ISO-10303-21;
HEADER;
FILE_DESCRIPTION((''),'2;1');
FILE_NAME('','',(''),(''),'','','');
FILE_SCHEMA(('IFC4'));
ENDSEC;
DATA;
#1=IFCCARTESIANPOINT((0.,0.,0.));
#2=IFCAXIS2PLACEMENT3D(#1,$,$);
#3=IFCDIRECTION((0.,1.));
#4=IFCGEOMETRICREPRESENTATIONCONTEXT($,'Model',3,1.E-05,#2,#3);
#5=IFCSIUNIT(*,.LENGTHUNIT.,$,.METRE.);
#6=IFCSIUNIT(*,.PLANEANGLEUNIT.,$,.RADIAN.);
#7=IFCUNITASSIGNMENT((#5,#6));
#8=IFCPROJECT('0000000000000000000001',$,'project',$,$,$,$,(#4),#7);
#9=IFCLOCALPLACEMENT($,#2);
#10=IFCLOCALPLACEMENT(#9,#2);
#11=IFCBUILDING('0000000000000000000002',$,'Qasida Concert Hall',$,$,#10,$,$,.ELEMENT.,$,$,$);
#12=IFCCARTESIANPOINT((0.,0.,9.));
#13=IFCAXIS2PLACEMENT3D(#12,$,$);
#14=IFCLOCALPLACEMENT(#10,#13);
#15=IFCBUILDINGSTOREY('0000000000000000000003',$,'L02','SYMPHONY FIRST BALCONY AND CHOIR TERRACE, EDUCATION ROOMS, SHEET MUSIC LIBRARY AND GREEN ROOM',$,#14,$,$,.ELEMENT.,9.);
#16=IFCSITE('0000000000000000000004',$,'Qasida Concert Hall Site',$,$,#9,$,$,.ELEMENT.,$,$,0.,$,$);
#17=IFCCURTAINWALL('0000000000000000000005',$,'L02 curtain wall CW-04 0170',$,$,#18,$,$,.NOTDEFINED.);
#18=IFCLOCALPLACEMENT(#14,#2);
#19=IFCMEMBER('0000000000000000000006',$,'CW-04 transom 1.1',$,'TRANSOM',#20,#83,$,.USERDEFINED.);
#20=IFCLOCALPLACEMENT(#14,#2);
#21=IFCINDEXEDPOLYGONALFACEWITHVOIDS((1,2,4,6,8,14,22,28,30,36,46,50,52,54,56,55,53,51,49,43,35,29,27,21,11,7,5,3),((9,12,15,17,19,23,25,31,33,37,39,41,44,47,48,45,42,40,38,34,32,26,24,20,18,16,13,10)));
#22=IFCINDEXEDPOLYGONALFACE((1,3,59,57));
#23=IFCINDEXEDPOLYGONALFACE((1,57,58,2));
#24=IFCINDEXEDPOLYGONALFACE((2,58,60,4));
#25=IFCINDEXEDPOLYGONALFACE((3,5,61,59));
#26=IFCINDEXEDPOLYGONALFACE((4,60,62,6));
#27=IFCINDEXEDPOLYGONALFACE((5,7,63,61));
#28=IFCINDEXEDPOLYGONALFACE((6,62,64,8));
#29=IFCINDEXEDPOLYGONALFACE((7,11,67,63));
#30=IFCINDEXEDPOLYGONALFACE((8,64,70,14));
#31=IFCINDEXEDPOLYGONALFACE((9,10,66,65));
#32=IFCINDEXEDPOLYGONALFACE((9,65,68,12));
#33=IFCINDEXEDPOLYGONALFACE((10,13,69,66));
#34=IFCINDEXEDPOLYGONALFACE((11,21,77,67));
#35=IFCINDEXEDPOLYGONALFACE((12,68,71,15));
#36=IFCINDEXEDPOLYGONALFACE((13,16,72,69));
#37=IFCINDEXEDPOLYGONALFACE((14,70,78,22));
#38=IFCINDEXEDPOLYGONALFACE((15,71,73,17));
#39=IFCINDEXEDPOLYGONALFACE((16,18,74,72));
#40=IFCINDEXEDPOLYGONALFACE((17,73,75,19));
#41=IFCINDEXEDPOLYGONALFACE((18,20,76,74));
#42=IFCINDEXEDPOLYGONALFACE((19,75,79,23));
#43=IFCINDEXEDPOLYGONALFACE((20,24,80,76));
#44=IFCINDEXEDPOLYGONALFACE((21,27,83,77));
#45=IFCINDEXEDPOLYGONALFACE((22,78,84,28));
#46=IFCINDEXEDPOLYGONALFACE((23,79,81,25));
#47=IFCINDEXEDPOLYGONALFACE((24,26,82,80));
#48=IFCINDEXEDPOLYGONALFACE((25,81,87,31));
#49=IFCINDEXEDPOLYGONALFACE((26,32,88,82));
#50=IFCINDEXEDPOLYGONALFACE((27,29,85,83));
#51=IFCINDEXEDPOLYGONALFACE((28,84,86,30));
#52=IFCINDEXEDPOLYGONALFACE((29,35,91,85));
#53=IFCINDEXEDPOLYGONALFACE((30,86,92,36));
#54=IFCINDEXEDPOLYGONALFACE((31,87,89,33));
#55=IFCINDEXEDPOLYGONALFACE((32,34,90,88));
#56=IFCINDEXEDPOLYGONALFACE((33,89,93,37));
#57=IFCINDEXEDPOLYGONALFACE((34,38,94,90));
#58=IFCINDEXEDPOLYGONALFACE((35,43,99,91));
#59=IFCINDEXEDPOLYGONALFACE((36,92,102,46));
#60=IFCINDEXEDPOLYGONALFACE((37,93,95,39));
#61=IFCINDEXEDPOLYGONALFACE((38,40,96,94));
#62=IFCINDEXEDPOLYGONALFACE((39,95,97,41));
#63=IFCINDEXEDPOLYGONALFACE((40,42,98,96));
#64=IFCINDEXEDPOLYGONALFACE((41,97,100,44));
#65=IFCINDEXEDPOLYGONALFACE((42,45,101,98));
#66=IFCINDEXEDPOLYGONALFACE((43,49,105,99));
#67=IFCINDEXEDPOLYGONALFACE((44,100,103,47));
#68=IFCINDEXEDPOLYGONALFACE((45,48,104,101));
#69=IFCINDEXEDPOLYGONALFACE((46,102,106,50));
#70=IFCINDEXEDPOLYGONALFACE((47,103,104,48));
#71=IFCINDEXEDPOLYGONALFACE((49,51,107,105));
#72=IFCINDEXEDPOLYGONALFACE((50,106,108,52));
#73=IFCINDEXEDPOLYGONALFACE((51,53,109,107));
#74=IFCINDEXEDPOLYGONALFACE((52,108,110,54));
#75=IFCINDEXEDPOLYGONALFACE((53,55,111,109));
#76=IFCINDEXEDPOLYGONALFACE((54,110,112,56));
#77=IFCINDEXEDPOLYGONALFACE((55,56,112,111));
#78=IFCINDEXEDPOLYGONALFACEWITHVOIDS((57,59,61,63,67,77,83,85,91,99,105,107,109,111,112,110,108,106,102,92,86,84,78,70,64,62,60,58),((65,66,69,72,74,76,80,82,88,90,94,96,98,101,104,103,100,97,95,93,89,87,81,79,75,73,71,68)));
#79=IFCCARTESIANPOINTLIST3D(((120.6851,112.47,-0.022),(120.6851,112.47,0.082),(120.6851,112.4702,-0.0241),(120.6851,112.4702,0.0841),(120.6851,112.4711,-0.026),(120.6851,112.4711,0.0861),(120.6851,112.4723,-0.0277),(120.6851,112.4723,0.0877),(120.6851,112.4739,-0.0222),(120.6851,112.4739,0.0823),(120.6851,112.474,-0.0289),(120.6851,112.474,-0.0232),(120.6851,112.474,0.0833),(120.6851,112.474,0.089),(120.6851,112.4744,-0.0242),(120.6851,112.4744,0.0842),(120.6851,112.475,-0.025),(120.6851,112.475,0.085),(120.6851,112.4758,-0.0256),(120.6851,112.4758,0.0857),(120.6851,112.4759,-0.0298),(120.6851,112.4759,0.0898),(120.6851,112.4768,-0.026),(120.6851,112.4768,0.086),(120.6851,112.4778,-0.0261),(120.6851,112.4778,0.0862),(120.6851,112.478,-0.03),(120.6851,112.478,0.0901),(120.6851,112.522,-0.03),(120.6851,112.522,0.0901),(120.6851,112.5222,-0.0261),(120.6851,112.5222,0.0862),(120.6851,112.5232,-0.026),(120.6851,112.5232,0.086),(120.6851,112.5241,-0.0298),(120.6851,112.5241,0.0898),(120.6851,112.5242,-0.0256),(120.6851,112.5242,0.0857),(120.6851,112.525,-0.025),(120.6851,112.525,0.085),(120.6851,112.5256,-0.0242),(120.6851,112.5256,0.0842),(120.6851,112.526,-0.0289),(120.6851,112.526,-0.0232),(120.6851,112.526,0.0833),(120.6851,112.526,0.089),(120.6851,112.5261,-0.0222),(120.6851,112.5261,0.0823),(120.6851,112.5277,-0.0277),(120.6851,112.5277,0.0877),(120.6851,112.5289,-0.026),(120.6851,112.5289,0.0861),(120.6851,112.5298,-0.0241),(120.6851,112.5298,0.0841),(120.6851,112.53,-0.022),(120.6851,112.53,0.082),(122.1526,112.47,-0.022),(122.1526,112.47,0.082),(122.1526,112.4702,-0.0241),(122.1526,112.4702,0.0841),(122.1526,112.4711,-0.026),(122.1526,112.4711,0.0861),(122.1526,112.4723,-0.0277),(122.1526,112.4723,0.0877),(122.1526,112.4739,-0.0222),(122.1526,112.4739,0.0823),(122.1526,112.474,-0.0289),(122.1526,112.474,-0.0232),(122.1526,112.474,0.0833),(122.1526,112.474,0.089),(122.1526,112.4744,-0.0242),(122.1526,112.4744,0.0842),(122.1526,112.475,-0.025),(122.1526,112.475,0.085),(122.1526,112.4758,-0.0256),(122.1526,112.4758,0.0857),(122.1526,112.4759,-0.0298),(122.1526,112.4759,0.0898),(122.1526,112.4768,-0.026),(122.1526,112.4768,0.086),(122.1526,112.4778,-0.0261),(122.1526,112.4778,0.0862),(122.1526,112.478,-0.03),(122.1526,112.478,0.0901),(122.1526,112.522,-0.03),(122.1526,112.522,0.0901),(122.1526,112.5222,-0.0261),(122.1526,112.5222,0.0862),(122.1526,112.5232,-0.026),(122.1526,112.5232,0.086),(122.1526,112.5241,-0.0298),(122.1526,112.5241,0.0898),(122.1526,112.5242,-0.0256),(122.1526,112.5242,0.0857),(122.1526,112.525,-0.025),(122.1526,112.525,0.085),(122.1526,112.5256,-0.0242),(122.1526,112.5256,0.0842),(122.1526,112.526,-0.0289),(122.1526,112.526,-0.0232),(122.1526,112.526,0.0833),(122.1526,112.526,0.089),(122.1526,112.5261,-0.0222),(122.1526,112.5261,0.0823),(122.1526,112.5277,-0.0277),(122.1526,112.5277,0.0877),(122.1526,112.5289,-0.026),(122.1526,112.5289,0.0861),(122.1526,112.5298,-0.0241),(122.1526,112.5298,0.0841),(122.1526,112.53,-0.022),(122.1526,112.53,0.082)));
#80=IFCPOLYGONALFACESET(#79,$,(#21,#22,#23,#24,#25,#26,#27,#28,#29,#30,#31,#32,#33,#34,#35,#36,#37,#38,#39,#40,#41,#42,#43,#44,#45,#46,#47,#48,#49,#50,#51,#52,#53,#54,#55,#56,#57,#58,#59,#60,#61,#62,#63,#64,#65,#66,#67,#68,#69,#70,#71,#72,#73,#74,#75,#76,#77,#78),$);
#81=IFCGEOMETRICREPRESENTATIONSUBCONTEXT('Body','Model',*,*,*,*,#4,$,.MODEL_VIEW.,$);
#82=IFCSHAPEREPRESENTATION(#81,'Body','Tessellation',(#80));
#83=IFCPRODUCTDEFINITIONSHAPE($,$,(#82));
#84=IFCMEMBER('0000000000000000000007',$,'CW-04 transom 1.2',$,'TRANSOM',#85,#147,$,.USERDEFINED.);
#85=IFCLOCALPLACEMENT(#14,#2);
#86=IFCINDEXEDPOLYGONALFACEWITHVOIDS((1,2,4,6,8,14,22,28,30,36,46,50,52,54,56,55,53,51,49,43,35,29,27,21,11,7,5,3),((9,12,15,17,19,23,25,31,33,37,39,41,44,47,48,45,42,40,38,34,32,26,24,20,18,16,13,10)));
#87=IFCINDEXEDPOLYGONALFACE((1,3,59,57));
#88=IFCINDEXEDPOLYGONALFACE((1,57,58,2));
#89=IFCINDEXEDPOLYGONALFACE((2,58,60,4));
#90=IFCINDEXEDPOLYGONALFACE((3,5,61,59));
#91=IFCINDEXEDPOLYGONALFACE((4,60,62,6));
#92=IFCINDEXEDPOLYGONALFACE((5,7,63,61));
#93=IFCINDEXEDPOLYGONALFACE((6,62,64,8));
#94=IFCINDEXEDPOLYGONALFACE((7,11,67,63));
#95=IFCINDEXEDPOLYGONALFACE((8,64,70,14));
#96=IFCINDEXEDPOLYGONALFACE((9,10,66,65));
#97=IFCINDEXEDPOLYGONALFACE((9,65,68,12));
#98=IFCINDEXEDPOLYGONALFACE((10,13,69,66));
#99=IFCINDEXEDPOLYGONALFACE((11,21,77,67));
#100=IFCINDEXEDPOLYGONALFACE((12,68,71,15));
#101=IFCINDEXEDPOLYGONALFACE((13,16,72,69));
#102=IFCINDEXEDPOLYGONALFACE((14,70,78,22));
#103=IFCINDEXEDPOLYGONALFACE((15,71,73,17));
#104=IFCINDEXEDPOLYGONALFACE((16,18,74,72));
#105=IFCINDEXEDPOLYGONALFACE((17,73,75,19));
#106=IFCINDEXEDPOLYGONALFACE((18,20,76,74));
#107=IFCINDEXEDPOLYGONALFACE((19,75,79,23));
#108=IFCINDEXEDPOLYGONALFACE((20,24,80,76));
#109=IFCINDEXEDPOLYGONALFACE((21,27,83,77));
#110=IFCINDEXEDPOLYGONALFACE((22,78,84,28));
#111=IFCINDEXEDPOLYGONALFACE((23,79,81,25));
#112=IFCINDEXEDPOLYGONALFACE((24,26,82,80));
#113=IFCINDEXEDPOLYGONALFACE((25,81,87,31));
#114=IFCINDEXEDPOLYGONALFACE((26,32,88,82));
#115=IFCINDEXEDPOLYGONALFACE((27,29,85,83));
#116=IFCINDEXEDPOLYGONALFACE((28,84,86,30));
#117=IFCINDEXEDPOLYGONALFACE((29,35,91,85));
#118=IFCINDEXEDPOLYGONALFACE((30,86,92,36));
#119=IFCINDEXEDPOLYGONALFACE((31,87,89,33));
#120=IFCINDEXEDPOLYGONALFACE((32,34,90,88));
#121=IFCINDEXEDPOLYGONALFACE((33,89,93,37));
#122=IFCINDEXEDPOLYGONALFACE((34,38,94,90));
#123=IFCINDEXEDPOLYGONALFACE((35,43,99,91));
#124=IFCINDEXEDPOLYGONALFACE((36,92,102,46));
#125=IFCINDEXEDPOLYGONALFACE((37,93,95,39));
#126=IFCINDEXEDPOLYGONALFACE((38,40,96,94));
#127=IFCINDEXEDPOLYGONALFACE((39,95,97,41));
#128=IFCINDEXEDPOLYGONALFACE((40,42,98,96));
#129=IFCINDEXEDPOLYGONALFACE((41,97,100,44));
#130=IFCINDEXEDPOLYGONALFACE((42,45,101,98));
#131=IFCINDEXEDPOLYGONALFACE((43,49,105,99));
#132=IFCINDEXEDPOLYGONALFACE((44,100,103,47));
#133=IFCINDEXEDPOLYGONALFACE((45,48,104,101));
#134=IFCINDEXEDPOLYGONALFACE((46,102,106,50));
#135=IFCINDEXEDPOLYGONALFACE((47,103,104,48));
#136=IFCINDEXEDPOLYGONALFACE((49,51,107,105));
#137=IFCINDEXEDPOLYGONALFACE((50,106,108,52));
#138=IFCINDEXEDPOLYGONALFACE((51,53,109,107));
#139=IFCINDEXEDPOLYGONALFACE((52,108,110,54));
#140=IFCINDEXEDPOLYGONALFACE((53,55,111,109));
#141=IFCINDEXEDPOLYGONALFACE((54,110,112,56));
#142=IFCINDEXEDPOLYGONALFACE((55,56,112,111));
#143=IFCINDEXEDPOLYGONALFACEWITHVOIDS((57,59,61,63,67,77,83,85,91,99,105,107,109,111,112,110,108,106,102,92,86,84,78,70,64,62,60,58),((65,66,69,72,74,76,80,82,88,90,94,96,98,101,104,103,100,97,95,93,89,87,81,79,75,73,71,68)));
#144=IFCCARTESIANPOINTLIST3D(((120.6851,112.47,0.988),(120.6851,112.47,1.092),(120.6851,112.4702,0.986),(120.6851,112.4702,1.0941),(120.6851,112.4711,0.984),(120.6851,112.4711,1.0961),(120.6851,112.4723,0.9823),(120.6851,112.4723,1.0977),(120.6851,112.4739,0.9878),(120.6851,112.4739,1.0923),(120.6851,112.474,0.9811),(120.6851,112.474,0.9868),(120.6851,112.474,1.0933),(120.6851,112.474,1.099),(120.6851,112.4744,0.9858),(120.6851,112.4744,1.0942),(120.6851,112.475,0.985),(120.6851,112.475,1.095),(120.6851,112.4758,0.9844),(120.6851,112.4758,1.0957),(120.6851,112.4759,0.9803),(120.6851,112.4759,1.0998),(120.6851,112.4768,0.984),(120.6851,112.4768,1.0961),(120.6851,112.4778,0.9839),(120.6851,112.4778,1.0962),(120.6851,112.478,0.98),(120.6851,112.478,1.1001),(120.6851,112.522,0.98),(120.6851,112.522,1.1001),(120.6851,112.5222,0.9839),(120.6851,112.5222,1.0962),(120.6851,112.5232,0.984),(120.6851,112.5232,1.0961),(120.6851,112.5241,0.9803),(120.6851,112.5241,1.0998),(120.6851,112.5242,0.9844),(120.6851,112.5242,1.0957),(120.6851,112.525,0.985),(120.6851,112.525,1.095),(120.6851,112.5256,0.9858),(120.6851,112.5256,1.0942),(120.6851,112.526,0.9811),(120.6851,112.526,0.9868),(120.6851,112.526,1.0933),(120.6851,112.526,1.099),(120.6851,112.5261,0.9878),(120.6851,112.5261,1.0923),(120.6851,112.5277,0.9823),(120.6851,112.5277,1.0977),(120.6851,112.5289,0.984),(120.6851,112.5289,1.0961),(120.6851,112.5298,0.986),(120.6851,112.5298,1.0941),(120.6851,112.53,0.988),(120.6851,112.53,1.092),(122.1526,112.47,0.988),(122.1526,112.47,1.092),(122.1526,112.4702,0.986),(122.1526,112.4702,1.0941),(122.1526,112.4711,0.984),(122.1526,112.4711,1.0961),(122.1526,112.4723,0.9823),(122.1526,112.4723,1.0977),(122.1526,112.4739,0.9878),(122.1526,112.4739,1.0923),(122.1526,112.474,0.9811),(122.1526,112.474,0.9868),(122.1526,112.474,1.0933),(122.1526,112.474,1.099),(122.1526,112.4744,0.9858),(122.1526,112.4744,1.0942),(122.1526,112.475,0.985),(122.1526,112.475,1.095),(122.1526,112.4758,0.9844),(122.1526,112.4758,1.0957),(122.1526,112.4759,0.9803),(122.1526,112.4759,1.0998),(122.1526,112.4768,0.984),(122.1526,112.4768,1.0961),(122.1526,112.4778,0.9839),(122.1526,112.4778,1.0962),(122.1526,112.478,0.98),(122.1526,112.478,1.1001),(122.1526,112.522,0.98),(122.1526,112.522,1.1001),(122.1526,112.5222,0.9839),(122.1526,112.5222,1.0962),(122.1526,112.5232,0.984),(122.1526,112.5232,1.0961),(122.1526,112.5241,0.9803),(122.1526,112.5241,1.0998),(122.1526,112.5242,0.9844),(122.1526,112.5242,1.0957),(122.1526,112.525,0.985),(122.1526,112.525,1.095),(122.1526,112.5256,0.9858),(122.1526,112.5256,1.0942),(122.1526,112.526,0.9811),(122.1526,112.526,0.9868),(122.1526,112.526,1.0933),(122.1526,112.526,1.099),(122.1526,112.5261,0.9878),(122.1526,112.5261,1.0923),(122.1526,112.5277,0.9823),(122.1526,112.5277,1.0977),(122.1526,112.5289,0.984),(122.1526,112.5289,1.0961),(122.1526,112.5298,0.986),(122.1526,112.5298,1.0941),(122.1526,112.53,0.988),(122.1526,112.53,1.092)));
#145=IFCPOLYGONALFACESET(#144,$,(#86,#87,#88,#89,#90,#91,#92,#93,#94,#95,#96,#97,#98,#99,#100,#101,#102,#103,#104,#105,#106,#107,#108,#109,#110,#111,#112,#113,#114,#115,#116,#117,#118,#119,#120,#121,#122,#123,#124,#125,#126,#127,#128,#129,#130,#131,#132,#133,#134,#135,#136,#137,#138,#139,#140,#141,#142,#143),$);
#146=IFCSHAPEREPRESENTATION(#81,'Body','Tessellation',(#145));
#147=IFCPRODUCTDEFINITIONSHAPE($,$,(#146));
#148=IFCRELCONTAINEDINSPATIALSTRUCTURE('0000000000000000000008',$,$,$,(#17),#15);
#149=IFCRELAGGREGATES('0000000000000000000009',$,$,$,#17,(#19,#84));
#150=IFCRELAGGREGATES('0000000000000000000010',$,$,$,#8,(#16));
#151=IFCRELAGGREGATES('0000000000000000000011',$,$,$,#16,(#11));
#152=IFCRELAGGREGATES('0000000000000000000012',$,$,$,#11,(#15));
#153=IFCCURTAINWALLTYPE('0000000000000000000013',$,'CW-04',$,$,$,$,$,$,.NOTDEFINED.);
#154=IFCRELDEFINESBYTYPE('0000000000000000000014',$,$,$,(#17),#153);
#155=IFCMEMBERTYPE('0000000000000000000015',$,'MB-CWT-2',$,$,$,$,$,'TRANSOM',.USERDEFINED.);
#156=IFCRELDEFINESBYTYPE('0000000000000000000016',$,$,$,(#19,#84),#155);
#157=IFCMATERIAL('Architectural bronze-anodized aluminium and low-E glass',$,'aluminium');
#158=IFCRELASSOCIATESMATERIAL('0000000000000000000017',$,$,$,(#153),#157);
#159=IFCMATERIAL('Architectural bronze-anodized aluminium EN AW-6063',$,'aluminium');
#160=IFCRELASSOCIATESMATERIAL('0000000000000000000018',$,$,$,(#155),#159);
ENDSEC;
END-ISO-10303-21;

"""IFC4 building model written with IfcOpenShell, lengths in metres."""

from ifc_helpers import new_model, si_unit, direction, frame, origin, origin_2d, place, context, subcontext, project, spatial, hollow_rectangle, extrude, material, material_profile, profile_set, type_object, element, aggregate, save


model = new_model("IFC4")

# Units and contexts
model_context = context("Model", 3, precision=1e-05, world=origin(), true_north=direction((0.0, 1.0)))
body_context = subcontext(model_context, "Body", "Model", "MODEL_VIEW")
ifc_project = project(units=[si_unit("LENGTHUNIT", "METRE"), si_unit("PLANEANGLEUNIT", "RADIAN")], contexts=[model_context])

# Site, building, storey
site_placement = place(None, origin())
site = spatial("IfcSite", under=ifc_project, at=site_placement, Name="Qasida Concert Hall Site", CompositionType="ELEMENT", RefElevation=0.0)
building_placement = place(site_placement, origin())
building = spatial("IfcBuilding", under=site, at=building_placement, Name="Qasida Concert Hall", CompositionType="ELEMENT")
storey_placement = place(building_placement, frame((0.0, 0.0, 9.0)))
storey = spatial("IfcBuildingStorey", under=building, at=storey_placement, Name="L02", Description="SYMPHONY FIRST BALCONY AND CHOIR TERRACE, EDUCATION ROOMS, SHEET MUSIC LIBRARY AND GREEN ROOM", CompositionType="ELEMENT", Elevation=9.0)

# Curtain wall
ifc_material_1 = material(Name="Architectural bronze-anodized aluminium and low-E glass", Category="aluminium")
curtain_wall_type_1 = type_object("IfcCurtainWallType", Name="CW-04", PredefinedType="NOTDEFINED", material=ifc_material_1)
curtain_wall_1_placement = place(storey_placement, origin())
curtain_wall_1 = element("IfcCurtainWall", 1, at=curtain_wall_1_placement, inside=storey, type_object=curtain_wall_type_1, Name="L02 curtain wall CW-04 0170", PredefinedType="NOTDEFINED")
ifc_material_2 = material(Name="Architectural bronze-anodized aluminium EN AW-6063", Category="aluminium")

# Members
ifc_material_profile_1 = material_profile(ifc_material_2, hollow_rectangle(XDim=0.0601, YDim=0.1201, WallThickness=0.0039, InnerFilletRadius=0.0039, OuterFilletRadius=0.0081, at=origin_2d()), Name="CWT 120x60x4")
ifc_profile_set_1 = profile_set([ifc_material_profile_1], Name="Architectural bronze-anodized aluminium EN AW-6063")
member_type_1 = type_object("IfcMemberType", Name="MB-CWT-2", ElementType="TRANSOM", PredefinedType="USERDEFINED", material=ifc_profile_set_1)
member_1_placement = place(storey_placement, frame((120.6851, 112.5, 0.03), z_axis=(1.0, 0.0, 0.0), x_axis=(0.0, 1.0, 0.0)))
member_1 = element("IfcMember", 2, at=member_1_placement, type_object=member_type_1, Name="CW-04 transom 1.1", ObjectType="TRANSOM", PredefinedType="USERDEFINED", context=body_context, shape_type="SweptSolid", body=[
    extrude(hollow_rectangle(XDim=0.0601, YDim=0.1201, WallThickness=0.0039, InnerFilletRadius=0.0039, OuterFilletRadius=0.0081, at=origin_2d()), origin(), (0.0, 0.0, 1.0), 1.4675),
])
member_2_placement = place(storey_placement, frame((120.6851, 112.5, 1.04), z_axis=(1.0, 0.0, 0.0), x_axis=(0.0, 1.0, 0.0)))
member_2 = element("IfcMember", 3, at=member_2_placement, type_object=member_type_1, Name="CW-04 transom 1.2", ObjectType="TRANSOM", PredefinedType="USERDEFINED", context=body_context, shape_type="SweptSolid", body=[
    extrude(hollow_rectangle(XDim=0.0601, YDim=0.1201, WallThickness=0.0039, InnerFilletRadius=0.0039, OuterFilletRadius=0.0081, at=origin_2d()), origin(), (0.0, 0.0, 1.0), 1.4675),
])

aggregate(curtain_wall_1, [member_1, member_2])

save(model, "model.ifc")
